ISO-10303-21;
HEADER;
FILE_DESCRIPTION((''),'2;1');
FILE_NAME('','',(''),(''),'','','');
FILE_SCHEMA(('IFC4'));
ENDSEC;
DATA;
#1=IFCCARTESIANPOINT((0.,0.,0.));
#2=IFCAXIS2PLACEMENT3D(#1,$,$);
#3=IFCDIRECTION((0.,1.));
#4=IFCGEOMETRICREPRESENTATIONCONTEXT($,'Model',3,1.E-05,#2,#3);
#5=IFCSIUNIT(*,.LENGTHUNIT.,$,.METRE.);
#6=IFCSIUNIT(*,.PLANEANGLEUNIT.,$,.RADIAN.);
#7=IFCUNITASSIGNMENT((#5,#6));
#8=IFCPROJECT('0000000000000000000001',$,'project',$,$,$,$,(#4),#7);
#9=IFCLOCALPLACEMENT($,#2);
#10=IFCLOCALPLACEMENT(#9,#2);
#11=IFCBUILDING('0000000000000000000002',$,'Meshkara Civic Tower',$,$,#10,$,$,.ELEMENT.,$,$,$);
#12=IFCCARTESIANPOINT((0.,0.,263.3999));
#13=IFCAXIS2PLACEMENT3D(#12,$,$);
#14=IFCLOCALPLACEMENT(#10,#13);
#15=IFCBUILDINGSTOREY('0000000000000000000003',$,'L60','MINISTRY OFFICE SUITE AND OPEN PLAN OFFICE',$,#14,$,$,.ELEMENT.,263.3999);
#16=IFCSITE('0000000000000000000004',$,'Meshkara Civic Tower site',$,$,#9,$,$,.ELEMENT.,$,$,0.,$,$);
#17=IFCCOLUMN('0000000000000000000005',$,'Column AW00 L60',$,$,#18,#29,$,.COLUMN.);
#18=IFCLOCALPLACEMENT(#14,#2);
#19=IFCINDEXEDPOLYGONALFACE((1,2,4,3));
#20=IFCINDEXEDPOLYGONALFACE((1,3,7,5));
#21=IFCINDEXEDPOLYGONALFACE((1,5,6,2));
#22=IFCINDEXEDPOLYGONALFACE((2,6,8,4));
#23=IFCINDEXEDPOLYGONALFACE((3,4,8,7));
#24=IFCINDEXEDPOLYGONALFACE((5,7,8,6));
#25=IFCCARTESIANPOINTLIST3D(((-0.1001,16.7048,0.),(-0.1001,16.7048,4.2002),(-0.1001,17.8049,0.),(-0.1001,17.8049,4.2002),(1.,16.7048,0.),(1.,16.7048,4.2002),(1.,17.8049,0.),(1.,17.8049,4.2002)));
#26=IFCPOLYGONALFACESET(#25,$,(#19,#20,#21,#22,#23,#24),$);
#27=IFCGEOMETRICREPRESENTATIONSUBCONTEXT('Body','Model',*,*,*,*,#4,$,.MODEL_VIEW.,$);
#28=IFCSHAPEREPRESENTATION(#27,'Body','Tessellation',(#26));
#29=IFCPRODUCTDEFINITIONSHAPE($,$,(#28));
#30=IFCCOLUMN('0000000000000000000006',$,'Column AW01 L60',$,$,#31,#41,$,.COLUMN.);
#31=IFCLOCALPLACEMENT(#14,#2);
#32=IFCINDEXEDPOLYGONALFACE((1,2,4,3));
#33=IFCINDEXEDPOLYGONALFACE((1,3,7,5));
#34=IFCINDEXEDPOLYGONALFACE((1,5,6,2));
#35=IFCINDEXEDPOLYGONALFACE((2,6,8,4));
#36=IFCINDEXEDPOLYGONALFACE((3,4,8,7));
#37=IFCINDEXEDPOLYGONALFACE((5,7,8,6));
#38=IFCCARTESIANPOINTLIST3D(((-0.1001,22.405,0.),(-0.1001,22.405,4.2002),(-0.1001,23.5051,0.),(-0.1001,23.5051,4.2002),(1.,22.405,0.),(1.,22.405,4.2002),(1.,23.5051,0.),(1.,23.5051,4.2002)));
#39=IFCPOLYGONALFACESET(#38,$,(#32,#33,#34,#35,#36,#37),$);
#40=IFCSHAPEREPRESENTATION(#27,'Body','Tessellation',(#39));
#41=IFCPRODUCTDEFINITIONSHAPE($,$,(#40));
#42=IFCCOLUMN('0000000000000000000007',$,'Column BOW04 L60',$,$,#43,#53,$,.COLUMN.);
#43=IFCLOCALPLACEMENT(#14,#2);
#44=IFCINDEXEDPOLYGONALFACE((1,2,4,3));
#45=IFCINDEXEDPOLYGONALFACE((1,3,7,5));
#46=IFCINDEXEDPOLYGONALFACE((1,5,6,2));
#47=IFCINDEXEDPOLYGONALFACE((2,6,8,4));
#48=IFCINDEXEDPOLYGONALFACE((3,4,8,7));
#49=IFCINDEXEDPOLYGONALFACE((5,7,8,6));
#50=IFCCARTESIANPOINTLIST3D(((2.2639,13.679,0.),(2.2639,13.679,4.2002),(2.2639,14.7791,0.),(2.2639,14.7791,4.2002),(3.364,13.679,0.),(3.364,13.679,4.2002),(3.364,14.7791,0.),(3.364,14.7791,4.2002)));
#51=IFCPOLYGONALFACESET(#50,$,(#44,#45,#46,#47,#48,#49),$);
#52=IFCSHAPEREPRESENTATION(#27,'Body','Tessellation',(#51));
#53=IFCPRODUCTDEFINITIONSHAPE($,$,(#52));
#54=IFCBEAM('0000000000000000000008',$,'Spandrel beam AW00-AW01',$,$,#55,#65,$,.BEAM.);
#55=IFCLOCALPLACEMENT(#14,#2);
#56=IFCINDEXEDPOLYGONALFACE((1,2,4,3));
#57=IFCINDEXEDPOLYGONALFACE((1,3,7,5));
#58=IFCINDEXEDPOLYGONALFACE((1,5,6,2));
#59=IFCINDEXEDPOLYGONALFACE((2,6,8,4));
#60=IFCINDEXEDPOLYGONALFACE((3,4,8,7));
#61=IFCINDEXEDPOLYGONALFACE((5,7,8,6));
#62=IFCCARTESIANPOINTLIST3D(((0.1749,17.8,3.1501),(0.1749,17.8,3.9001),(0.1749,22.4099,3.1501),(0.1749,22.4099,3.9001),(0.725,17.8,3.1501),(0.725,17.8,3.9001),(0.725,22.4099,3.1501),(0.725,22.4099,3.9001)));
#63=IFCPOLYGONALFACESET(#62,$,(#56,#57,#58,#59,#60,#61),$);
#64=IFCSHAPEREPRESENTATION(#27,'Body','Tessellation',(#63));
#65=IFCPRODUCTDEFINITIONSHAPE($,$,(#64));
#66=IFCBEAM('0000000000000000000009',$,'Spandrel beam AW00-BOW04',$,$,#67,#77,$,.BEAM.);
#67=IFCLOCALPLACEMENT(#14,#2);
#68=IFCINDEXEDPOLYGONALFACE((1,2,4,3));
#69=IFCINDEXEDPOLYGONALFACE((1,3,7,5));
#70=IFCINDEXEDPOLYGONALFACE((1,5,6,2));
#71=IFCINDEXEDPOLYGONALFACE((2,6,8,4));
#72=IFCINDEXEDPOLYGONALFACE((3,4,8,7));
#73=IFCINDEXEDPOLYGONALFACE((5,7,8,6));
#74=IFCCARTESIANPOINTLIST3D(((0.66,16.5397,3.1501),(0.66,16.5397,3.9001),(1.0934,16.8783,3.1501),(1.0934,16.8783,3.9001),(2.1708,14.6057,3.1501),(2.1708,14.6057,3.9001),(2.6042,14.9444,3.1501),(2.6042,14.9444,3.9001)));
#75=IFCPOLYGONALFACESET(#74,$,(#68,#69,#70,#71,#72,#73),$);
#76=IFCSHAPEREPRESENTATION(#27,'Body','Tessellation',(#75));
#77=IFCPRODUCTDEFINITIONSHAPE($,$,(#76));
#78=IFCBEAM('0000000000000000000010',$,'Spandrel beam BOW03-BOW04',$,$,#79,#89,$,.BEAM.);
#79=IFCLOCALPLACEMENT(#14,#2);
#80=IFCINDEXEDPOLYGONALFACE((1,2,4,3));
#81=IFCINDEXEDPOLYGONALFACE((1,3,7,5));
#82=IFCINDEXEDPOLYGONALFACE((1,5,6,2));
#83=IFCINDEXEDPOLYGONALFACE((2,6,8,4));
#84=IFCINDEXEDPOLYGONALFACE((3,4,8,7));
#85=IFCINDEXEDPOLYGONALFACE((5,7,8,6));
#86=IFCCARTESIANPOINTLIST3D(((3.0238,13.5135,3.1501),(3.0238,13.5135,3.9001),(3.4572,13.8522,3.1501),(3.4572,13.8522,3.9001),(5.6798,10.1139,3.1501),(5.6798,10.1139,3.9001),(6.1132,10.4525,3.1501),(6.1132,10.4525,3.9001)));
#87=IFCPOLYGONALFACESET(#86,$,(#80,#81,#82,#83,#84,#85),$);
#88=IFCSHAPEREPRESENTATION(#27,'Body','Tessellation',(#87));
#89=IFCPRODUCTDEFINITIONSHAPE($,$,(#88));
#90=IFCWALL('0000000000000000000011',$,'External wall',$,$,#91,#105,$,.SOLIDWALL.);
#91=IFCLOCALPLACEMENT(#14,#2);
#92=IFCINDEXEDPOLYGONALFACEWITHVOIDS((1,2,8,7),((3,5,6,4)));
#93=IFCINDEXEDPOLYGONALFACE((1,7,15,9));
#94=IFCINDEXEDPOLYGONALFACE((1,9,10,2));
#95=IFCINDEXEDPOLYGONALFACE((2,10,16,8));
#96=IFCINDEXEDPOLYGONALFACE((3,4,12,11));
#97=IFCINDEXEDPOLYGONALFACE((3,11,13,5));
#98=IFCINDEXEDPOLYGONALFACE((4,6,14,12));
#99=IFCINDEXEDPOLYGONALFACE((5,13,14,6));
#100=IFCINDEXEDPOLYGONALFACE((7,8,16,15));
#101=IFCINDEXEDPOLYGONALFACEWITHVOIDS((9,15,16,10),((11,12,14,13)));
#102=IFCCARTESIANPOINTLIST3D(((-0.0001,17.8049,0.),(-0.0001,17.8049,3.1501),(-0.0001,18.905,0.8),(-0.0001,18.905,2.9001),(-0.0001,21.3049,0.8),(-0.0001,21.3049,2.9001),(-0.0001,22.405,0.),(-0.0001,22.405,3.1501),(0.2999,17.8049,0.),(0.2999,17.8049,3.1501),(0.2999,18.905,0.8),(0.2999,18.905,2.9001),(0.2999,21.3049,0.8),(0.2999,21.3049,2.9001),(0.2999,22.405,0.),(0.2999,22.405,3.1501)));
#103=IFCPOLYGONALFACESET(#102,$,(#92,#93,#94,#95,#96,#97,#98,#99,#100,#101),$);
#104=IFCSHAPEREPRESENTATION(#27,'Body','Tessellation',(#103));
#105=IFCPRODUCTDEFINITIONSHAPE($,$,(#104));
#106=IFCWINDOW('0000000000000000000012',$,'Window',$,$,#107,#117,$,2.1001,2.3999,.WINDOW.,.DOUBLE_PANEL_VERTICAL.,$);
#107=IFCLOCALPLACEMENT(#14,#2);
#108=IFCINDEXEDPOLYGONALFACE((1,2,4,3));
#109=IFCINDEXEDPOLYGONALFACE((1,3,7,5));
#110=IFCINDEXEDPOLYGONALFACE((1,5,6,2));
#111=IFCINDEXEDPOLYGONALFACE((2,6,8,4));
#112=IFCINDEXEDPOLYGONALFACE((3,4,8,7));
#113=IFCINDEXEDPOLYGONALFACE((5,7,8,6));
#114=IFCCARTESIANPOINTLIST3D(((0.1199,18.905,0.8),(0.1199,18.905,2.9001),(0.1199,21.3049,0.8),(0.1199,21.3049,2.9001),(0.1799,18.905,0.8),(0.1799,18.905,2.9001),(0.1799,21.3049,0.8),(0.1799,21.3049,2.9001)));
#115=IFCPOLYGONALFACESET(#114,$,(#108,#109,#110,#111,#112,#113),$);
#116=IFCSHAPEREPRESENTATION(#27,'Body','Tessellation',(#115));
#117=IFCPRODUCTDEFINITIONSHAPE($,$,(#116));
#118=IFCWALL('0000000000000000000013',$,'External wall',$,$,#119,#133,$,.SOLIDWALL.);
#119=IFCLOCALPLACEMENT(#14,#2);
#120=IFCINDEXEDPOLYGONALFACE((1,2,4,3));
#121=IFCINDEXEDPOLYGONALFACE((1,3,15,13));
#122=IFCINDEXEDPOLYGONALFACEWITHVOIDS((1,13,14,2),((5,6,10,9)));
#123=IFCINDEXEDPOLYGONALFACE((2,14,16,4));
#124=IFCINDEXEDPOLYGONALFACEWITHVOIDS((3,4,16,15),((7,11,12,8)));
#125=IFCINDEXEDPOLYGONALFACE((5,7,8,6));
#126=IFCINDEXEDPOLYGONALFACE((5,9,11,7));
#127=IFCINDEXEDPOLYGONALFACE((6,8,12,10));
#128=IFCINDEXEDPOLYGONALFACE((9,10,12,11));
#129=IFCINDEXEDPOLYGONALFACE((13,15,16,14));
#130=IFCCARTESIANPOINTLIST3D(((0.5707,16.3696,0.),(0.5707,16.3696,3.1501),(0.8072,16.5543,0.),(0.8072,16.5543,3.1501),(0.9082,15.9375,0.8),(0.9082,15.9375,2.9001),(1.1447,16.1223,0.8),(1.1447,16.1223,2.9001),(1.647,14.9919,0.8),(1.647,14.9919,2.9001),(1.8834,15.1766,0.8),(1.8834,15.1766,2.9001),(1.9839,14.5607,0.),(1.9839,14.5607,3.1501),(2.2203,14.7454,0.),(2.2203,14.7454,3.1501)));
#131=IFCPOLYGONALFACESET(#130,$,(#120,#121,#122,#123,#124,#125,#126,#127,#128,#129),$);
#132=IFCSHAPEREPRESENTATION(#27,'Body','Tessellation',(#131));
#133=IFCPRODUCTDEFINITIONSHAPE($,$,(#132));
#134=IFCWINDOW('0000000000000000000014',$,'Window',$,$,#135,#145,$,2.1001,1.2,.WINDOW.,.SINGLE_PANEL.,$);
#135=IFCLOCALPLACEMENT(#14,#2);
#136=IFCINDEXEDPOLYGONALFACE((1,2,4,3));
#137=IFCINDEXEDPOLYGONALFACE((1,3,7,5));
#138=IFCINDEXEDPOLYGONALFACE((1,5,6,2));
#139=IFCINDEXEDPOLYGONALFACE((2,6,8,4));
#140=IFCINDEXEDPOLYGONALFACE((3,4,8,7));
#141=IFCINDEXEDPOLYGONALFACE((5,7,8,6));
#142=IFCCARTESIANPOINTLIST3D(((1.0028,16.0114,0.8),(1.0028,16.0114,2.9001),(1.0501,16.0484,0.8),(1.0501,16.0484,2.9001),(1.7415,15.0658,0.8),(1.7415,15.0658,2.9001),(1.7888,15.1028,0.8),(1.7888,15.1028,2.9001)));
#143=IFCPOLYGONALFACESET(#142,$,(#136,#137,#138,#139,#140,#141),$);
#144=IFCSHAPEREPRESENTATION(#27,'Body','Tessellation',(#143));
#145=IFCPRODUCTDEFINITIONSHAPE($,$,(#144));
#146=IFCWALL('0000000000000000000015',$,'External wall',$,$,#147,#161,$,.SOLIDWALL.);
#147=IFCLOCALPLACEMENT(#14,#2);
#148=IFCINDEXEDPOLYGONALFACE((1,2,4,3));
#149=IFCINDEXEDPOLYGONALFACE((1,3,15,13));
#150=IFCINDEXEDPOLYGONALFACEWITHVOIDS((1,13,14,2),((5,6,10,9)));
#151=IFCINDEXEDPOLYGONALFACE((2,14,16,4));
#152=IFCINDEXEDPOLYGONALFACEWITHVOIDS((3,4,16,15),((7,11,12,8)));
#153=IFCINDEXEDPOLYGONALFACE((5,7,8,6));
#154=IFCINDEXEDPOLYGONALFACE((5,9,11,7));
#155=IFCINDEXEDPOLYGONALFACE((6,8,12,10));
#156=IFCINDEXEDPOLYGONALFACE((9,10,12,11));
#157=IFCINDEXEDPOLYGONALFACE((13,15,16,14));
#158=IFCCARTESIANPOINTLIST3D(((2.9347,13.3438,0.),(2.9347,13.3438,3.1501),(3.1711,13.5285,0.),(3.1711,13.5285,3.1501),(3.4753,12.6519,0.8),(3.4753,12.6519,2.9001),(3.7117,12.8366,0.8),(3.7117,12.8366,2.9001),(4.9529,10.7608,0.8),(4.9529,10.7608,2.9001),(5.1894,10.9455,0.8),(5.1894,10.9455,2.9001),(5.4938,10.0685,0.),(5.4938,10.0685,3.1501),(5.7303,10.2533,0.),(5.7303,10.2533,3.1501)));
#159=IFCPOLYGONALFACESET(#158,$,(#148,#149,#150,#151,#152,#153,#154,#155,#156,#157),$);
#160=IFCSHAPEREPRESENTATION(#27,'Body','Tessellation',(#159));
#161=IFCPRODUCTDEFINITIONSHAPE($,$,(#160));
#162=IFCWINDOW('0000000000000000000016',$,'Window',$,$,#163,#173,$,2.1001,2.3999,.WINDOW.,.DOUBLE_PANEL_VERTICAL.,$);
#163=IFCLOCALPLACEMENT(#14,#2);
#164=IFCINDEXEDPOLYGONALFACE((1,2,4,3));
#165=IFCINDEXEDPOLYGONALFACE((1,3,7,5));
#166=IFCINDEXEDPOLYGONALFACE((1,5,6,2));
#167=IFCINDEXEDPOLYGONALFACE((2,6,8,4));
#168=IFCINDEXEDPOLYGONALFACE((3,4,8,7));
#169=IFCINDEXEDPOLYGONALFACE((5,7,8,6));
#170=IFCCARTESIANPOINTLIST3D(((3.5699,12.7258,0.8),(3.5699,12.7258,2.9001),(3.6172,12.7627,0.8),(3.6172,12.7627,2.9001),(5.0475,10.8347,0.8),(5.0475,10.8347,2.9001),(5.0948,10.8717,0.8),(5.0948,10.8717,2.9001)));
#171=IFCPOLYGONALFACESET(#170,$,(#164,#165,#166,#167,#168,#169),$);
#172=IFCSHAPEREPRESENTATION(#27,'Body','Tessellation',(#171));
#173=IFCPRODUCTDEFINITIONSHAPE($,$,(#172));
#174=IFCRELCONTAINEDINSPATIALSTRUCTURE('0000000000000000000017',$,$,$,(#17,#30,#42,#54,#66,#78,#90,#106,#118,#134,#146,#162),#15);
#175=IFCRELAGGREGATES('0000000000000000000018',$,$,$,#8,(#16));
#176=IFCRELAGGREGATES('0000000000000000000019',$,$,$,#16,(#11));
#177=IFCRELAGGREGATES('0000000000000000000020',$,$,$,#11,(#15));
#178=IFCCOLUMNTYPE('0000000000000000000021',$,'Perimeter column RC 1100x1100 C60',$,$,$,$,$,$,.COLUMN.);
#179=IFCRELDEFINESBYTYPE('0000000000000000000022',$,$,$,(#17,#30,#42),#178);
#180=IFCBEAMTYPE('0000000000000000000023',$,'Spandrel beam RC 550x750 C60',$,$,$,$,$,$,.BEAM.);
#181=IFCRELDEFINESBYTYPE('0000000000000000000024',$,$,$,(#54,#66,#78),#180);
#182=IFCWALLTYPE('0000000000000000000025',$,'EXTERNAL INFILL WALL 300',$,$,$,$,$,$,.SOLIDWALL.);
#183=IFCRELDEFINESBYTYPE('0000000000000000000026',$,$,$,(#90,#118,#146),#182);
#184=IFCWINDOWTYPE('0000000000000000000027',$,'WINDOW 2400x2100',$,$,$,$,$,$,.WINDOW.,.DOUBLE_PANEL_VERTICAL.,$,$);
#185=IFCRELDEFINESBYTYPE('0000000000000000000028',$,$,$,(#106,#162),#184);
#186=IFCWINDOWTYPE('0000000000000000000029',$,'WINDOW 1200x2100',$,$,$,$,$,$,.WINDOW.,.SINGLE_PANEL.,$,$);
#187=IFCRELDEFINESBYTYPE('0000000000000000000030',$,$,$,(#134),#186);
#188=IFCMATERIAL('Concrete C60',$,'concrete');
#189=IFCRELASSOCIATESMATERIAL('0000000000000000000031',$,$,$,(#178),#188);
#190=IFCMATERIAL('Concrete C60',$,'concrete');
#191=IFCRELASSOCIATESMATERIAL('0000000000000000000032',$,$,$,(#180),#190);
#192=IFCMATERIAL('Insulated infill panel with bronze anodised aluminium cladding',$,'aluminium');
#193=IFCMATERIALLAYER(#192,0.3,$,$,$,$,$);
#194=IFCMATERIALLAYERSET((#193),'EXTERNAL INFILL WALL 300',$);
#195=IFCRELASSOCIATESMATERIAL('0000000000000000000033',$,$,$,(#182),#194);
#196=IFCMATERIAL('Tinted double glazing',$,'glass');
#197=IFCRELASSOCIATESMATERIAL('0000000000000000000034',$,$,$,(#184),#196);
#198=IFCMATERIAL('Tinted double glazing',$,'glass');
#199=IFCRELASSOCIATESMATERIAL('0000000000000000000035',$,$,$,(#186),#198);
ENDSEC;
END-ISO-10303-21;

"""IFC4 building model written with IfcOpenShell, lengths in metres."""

from ifc_helpers import new_model, si_unit, direction, frame, frame_2d, origin, origin_2d, place, context, subcontext, project, spatial, rectangle, extrude, material, layer, layer_set, material_profile, profile_set, type_object, element, fill, save


model = new_model("IFC4")

# Units and contexts
model_context = context("Model", 3, precision=1e-05, world=origin(), true_north=direction((0.0, 1.0)))
body_context = subcontext(model_context, "Body", "Model", "MODEL_VIEW")
ifc_project = project(units=[si_unit("LENGTHUNIT", "METRE"), si_unit("PLANEANGLEUNIT", "RADIAN")], contexts=[model_context])

# Site, building, storey
site_placement = place(None, origin())
site = spatial("IfcSite", under=ifc_project, at=site_placement, Name="Meshkara Civic Tower site", CompositionType="ELEMENT", RefElevation=0.0)
building_placement = place(site_placement, origin())
building = spatial("IfcBuilding", under=site, at=building_placement, Name="Meshkara Civic Tower", CompositionType="ELEMENT")
storey_placement = place(building_placement, frame((0.0, 0.0, 263.3999)))
storey = spatial("IfcBuildingStorey", under=building, at=storey_placement, Name="L60", Description="MINISTRY OFFICE SUITE AND OPEN PLAN OFFICE", CompositionType="ELEMENT", Elevation=263.3999)

# Columns
ifc_material_1 = material(Name="Concrete C60", Category="concrete")
ifc_material_profile_1 = material_profile(ifc_material_1, rectangle(XDim=1.1001, YDim=1.1001, at=origin_2d()))
ifc_profile_set_1 = profile_set([ifc_material_profile_1], Name="Concrete C60")
column_type = type_object("IfcColumnType", Name="Perimeter column RC 1100x1100 C60", PredefinedType="COLUMN", material=ifc_profile_set_1)
for number, where, z_axis, x_axis, name in (
    (1, (0.45, 17.2549, 0.0), (0.0, 0.0, 1.0), (1.0, 0.0, 0.0), "Column AW00 L60"),
    (2, (0.45, 22.9551, 0.0), (0.0, 0.0, 1.0), (1.0, 0.0, 0.0), "Column AW01 L60"),
    (3, (2.814, 14.229, 0.0), (0.0, 0.0, 1.0), (1.0, 0.0, 0.0), "Column BOW04 L60"),
):
    element("IfcColumn", number, at=place(storey_placement, frame(where, z_axis=z_axis, x_axis=x_axis)), inside=storey, type_object=column_type, Name=name, PredefinedType="COLUMN", context=body_context, shape_type="SweptSolid", body=[
        extrude(rectangle(XDim=1.1001, YDim=1.1001, at=origin_2d()), origin(), (0.0, 0.0, 1.0), 4.2002),
    ])

# Beams
ifc_material_2 = material(Name="Concrete C60", Category="concrete")
ifc_material_profile_2 = material_profile(ifc_material_2, rectangle(XDim=0.55, YDim=0.75, at=origin_2d()))
ifc_profile_set_2 = profile_set([ifc_material_profile_2], Name="Concrete C60")
beam_type = type_object("IfcBeamType", Name="Spandrel beam RC 550x750 C60", PredefinedType="BEAM", material=ifc_profile_set_2)
beam_1_placement = place(storey_placement, frame((0.45, 22.4099, 3.5251), z_axis=(0.0, -1.0, 0.0), x_axis=(1.0, 0.0, 0.0)))
element("IfcBeam", 4, at=beam_1_placement, inside=storey, type_object=beam_type, Name="Spandrel beam AW00-AW01", PredefinedType="BEAM", context=body_context, shape_type="SweptSolid", body=[
    extrude(rectangle(XDim=0.55, YDim=0.75, at=origin_2d()), origin(), (0.0, 0.0, 1.0), 4.6099),
])
beam_2_placement = place(storey_placement, frame((0.8767, 16.709, 3.5251), z_axis=(0.615627, -0.788038, 0.0), x_axis=(0.788038, 0.615627, 0.0)))
element("IfcBeam", 5, at=beam_2_placement, inside=storey, type_object=beam_type, Name="Spandrel beam AW00-BOW04", PredefinedType="BEAM", context=body_context, shape_type="SweptSolid", body=[
    extrude(rectangle(XDim=0.55, YDim=0.75, at=origin_2d()), origin(), (0.0, 0.0, 1.0), 2.4541),
])
beam_3_placement = place(storey_placement, frame((3.2405, 13.6829, 3.5251), z_axis=(0.615647, -0.788022, 0.0), x_axis=(0.788022, 0.615647, 0.0)))
element("IfcBeam", 6, at=beam_3_placement, inside=storey, type_object=beam_type, Name="Spandrel beam BOW03-BOW04", PredefinedType="BEAM", context=body_context, shape_type="SweptSolid", body=[
    extrude(rectangle(XDim=0.55, YDim=0.75, at=origin_2d()), origin(), (0.0, 0.0, 1.0), 4.3142),
])

# Walls, openings, windows
ifc_material_3 = material(Name="Insulated infill panel with bronze anodised aluminium cladding", Category="aluminium")
ifc_layer = layer(ifc_material_3, 0.3)
ifc_layer_set = layer_set([ifc_layer], Name="EXTERNAL INFILL WALL 300")
wall_type = type_object("IfcWallType", Name="EXTERNAL INFILL WALL 300", PredefinedType="SOLIDWALL", material=ifc_layer_set)
wall_1_placement = place(storey_placement, frame((0.1499, 22.405, 0.0), z_axis=(0.0, 0.0, 1.0), x_axis=(0.0, -1.0, 0.0)))
wall_1 = element("IfcWall", 7, at=wall_1_placement, inside=storey, type_object=wall_type, Name="External wall", PredefinedType="SOLIDWALL", context=body_context, shape_type="SweptSolid", body=[
    extrude(rectangle(XDim=4.6001, YDim=0.3, at=frame_2d((2.3, 0.0))), origin(), (0.0, 0.0, 1.0), 3.1501),
])
opening_1_placement = place(wall_1_placement, frame((1.1001, 0.0, 0.8)))
opening_1 = element("IfcOpeningElement", 8, at=opening_1_placement, cuts=wall_1, PredefinedType="OPENING", context=body_context, shape_type="SweptSolid", body=[
    extrude(rectangle(XDim=2.3999, YDim=2.1001, at=frame_2d((1.2, 1.05))), frame((0.0, 0.1599, 0.0), z_axis=(0.0, -1.0, 0.0), x_axis=(1.0, 0.0, 0.0)), (0.0, 0.0, 1.0), 0.3201),
])
ifc_material_4 = material(Name="Tinted double glazing", Category="glass")
window_type_1 = type_object("IfcWindowType", Name="WINDOW 2400x2100", PartitioningType="DOUBLE_PANEL_VERTICAL", PredefinedType="WINDOW", material=ifc_material_4)
window_1_placement = place(opening_1_placement, origin())
window_1 = element("IfcWindow", 9, at=window_1_placement, inside=storey, type_object=window_type_1, Name="Window", OverallHeight=2.1001, OverallWidth=2.3999, PartitioningType="DOUBLE_PANEL_VERTICAL", PredefinedType="WINDOW", context=body_context, shape_type="SweptSolid", body=[
    extrude(rectangle(XDim=2.3999, YDim=2.1001, at=frame_2d((1.2, 1.05))), frame((0.0, 0.03, 0.0), z_axis=(0.0, -1.0, 0.0), x_axis=(1.0, 0.0, 0.0)), (0.0, 0.0, 1.0), 0.0601),
])
fill(opening_1, window_1)
wall_2_placement = place(storey_placement, frame((0.689, 16.4619, 0.0), z_axis=(0.0, 0.0, 1.0), x_axis=(0.615625, -0.788039, 0.0)))
wall_2 = element("IfcWall", 10, at=wall_2_placement, inside=storey, type_object=wall_type, Name="External wall", PredefinedType="SOLIDWALL", context=body_context, shape_type="SweptSolid", body=[
    extrude(rectangle(XDim=2.2954, YDim=0.3, at=frame_2d((1.1477, 0.0))), origin(), (0.0, 0.0, 1.0), 3.1501),
])
opening_2_placement = place(wall_2_placement, frame((0.5481, 0.0, 0.8)))
opening_2 = element("IfcOpeningElement", 11, at=opening_2_placement, cuts=wall_2, PredefinedType="OPENING", context=body_context, shape_type="SweptSolid", body=[
    extrude(rectangle(XDim=1.2, YDim=2.1001, at=frame_2d((0.6001, 1.05))), frame((0.0, 0.1599, 0.0), z_axis=(0.0, -1.0, 0.0), x_axis=(1.0, 0.0, 0.0)), (0.0, 0.0, 1.0), 0.3201),
])
ifc_material_5 = material(Name="Tinted double glazing", Category="glass")
window_type_2 = type_object("IfcWindowType", Name="WINDOW 1200x2100", PartitioningType="SINGLE_PANEL", PredefinedType="WINDOW", material=ifc_material_5)
window_2_placement = place(opening_2_placement, origin())
window_2 = element("IfcWindow", 12, at=window_2_placement, inside=storey, type_object=window_type_2, Name="Window", OverallHeight=2.1001, OverallWidth=1.2, PartitioningType="SINGLE_PANEL", PredefinedType="WINDOW", context=body_context, shape_type="SweptSolid", body=[
    extrude(rectangle(XDim=1.2, YDim=2.1001, at=frame_2d((0.6001, 1.05))), frame((0.0, 0.03, 0.0), z_axis=(0.0, -1.0, 0.0), x_axis=(1.0, 0.0, 0.0)), (0.0, 0.0, 1.0), 0.0601),
])
fill(opening_2, window_2)
wall_3_placement = place(storey_placement, frame((3.053, 13.436, 0.0), z_axis=(0.0, 0.0, 1.0), x_axis=(0.6157, -0.787981, 0.0)))
wall_3 = element("IfcWall", 13, at=wall_3_placement, inside=storey, type_object=wall_type, Name="External wall", PredefinedType="SOLIDWALL", context=body_context, shape_type="SweptSolid", body=[
    extrude(rectangle(XDim=4.1565, YDim=0.3, at=frame_2d((2.0781, 0.0))), origin(), (0.0, 0.0, 1.0), 3.1501),
])
opening_3_placement = place(wall_3_placement, frame((0.8779, 0.0, 0.8)))
opening_3 = element("IfcOpeningElement", 14, at=opening_3_placement, cuts=wall_3, PredefinedType="OPENING", context=body_context, shape_type="SweptSolid", body=[
    extrude(rectangle(XDim=2.3999, YDim=2.1001, at=frame_2d((1.2, 1.05))), frame((0.0, 0.1599, 0.0), z_axis=(0.0, -1.0, 0.0), x_axis=(1.0, 0.0, 0.0)), (0.0, 0.0, 1.0), 0.3201),
])
window_3_placement = place(opening_3_placement, origin())
window_3 = element("IfcWindow", 15, at=window_3_placement, inside=storey, type_object=window_type_1, Name="Window", OverallHeight=2.1001, OverallWidth=2.3999, PartitioningType="DOUBLE_PANEL_VERTICAL", PredefinedType="WINDOW", context=body_context, shape_type="SweptSolid", body=[
    extrude(rectangle(XDim=2.3999, YDim=2.1001, at=frame_2d((1.2, 1.05))), frame((0.0, 0.03, 0.0), z_axis=(0.0, -1.0, 0.0), x_axis=(1.0, 0.0, 0.0)), (0.0, 0.0, 1.0), 0.0601),
])
fill(opening_3, window_3)

save(model, "model.ifc")
